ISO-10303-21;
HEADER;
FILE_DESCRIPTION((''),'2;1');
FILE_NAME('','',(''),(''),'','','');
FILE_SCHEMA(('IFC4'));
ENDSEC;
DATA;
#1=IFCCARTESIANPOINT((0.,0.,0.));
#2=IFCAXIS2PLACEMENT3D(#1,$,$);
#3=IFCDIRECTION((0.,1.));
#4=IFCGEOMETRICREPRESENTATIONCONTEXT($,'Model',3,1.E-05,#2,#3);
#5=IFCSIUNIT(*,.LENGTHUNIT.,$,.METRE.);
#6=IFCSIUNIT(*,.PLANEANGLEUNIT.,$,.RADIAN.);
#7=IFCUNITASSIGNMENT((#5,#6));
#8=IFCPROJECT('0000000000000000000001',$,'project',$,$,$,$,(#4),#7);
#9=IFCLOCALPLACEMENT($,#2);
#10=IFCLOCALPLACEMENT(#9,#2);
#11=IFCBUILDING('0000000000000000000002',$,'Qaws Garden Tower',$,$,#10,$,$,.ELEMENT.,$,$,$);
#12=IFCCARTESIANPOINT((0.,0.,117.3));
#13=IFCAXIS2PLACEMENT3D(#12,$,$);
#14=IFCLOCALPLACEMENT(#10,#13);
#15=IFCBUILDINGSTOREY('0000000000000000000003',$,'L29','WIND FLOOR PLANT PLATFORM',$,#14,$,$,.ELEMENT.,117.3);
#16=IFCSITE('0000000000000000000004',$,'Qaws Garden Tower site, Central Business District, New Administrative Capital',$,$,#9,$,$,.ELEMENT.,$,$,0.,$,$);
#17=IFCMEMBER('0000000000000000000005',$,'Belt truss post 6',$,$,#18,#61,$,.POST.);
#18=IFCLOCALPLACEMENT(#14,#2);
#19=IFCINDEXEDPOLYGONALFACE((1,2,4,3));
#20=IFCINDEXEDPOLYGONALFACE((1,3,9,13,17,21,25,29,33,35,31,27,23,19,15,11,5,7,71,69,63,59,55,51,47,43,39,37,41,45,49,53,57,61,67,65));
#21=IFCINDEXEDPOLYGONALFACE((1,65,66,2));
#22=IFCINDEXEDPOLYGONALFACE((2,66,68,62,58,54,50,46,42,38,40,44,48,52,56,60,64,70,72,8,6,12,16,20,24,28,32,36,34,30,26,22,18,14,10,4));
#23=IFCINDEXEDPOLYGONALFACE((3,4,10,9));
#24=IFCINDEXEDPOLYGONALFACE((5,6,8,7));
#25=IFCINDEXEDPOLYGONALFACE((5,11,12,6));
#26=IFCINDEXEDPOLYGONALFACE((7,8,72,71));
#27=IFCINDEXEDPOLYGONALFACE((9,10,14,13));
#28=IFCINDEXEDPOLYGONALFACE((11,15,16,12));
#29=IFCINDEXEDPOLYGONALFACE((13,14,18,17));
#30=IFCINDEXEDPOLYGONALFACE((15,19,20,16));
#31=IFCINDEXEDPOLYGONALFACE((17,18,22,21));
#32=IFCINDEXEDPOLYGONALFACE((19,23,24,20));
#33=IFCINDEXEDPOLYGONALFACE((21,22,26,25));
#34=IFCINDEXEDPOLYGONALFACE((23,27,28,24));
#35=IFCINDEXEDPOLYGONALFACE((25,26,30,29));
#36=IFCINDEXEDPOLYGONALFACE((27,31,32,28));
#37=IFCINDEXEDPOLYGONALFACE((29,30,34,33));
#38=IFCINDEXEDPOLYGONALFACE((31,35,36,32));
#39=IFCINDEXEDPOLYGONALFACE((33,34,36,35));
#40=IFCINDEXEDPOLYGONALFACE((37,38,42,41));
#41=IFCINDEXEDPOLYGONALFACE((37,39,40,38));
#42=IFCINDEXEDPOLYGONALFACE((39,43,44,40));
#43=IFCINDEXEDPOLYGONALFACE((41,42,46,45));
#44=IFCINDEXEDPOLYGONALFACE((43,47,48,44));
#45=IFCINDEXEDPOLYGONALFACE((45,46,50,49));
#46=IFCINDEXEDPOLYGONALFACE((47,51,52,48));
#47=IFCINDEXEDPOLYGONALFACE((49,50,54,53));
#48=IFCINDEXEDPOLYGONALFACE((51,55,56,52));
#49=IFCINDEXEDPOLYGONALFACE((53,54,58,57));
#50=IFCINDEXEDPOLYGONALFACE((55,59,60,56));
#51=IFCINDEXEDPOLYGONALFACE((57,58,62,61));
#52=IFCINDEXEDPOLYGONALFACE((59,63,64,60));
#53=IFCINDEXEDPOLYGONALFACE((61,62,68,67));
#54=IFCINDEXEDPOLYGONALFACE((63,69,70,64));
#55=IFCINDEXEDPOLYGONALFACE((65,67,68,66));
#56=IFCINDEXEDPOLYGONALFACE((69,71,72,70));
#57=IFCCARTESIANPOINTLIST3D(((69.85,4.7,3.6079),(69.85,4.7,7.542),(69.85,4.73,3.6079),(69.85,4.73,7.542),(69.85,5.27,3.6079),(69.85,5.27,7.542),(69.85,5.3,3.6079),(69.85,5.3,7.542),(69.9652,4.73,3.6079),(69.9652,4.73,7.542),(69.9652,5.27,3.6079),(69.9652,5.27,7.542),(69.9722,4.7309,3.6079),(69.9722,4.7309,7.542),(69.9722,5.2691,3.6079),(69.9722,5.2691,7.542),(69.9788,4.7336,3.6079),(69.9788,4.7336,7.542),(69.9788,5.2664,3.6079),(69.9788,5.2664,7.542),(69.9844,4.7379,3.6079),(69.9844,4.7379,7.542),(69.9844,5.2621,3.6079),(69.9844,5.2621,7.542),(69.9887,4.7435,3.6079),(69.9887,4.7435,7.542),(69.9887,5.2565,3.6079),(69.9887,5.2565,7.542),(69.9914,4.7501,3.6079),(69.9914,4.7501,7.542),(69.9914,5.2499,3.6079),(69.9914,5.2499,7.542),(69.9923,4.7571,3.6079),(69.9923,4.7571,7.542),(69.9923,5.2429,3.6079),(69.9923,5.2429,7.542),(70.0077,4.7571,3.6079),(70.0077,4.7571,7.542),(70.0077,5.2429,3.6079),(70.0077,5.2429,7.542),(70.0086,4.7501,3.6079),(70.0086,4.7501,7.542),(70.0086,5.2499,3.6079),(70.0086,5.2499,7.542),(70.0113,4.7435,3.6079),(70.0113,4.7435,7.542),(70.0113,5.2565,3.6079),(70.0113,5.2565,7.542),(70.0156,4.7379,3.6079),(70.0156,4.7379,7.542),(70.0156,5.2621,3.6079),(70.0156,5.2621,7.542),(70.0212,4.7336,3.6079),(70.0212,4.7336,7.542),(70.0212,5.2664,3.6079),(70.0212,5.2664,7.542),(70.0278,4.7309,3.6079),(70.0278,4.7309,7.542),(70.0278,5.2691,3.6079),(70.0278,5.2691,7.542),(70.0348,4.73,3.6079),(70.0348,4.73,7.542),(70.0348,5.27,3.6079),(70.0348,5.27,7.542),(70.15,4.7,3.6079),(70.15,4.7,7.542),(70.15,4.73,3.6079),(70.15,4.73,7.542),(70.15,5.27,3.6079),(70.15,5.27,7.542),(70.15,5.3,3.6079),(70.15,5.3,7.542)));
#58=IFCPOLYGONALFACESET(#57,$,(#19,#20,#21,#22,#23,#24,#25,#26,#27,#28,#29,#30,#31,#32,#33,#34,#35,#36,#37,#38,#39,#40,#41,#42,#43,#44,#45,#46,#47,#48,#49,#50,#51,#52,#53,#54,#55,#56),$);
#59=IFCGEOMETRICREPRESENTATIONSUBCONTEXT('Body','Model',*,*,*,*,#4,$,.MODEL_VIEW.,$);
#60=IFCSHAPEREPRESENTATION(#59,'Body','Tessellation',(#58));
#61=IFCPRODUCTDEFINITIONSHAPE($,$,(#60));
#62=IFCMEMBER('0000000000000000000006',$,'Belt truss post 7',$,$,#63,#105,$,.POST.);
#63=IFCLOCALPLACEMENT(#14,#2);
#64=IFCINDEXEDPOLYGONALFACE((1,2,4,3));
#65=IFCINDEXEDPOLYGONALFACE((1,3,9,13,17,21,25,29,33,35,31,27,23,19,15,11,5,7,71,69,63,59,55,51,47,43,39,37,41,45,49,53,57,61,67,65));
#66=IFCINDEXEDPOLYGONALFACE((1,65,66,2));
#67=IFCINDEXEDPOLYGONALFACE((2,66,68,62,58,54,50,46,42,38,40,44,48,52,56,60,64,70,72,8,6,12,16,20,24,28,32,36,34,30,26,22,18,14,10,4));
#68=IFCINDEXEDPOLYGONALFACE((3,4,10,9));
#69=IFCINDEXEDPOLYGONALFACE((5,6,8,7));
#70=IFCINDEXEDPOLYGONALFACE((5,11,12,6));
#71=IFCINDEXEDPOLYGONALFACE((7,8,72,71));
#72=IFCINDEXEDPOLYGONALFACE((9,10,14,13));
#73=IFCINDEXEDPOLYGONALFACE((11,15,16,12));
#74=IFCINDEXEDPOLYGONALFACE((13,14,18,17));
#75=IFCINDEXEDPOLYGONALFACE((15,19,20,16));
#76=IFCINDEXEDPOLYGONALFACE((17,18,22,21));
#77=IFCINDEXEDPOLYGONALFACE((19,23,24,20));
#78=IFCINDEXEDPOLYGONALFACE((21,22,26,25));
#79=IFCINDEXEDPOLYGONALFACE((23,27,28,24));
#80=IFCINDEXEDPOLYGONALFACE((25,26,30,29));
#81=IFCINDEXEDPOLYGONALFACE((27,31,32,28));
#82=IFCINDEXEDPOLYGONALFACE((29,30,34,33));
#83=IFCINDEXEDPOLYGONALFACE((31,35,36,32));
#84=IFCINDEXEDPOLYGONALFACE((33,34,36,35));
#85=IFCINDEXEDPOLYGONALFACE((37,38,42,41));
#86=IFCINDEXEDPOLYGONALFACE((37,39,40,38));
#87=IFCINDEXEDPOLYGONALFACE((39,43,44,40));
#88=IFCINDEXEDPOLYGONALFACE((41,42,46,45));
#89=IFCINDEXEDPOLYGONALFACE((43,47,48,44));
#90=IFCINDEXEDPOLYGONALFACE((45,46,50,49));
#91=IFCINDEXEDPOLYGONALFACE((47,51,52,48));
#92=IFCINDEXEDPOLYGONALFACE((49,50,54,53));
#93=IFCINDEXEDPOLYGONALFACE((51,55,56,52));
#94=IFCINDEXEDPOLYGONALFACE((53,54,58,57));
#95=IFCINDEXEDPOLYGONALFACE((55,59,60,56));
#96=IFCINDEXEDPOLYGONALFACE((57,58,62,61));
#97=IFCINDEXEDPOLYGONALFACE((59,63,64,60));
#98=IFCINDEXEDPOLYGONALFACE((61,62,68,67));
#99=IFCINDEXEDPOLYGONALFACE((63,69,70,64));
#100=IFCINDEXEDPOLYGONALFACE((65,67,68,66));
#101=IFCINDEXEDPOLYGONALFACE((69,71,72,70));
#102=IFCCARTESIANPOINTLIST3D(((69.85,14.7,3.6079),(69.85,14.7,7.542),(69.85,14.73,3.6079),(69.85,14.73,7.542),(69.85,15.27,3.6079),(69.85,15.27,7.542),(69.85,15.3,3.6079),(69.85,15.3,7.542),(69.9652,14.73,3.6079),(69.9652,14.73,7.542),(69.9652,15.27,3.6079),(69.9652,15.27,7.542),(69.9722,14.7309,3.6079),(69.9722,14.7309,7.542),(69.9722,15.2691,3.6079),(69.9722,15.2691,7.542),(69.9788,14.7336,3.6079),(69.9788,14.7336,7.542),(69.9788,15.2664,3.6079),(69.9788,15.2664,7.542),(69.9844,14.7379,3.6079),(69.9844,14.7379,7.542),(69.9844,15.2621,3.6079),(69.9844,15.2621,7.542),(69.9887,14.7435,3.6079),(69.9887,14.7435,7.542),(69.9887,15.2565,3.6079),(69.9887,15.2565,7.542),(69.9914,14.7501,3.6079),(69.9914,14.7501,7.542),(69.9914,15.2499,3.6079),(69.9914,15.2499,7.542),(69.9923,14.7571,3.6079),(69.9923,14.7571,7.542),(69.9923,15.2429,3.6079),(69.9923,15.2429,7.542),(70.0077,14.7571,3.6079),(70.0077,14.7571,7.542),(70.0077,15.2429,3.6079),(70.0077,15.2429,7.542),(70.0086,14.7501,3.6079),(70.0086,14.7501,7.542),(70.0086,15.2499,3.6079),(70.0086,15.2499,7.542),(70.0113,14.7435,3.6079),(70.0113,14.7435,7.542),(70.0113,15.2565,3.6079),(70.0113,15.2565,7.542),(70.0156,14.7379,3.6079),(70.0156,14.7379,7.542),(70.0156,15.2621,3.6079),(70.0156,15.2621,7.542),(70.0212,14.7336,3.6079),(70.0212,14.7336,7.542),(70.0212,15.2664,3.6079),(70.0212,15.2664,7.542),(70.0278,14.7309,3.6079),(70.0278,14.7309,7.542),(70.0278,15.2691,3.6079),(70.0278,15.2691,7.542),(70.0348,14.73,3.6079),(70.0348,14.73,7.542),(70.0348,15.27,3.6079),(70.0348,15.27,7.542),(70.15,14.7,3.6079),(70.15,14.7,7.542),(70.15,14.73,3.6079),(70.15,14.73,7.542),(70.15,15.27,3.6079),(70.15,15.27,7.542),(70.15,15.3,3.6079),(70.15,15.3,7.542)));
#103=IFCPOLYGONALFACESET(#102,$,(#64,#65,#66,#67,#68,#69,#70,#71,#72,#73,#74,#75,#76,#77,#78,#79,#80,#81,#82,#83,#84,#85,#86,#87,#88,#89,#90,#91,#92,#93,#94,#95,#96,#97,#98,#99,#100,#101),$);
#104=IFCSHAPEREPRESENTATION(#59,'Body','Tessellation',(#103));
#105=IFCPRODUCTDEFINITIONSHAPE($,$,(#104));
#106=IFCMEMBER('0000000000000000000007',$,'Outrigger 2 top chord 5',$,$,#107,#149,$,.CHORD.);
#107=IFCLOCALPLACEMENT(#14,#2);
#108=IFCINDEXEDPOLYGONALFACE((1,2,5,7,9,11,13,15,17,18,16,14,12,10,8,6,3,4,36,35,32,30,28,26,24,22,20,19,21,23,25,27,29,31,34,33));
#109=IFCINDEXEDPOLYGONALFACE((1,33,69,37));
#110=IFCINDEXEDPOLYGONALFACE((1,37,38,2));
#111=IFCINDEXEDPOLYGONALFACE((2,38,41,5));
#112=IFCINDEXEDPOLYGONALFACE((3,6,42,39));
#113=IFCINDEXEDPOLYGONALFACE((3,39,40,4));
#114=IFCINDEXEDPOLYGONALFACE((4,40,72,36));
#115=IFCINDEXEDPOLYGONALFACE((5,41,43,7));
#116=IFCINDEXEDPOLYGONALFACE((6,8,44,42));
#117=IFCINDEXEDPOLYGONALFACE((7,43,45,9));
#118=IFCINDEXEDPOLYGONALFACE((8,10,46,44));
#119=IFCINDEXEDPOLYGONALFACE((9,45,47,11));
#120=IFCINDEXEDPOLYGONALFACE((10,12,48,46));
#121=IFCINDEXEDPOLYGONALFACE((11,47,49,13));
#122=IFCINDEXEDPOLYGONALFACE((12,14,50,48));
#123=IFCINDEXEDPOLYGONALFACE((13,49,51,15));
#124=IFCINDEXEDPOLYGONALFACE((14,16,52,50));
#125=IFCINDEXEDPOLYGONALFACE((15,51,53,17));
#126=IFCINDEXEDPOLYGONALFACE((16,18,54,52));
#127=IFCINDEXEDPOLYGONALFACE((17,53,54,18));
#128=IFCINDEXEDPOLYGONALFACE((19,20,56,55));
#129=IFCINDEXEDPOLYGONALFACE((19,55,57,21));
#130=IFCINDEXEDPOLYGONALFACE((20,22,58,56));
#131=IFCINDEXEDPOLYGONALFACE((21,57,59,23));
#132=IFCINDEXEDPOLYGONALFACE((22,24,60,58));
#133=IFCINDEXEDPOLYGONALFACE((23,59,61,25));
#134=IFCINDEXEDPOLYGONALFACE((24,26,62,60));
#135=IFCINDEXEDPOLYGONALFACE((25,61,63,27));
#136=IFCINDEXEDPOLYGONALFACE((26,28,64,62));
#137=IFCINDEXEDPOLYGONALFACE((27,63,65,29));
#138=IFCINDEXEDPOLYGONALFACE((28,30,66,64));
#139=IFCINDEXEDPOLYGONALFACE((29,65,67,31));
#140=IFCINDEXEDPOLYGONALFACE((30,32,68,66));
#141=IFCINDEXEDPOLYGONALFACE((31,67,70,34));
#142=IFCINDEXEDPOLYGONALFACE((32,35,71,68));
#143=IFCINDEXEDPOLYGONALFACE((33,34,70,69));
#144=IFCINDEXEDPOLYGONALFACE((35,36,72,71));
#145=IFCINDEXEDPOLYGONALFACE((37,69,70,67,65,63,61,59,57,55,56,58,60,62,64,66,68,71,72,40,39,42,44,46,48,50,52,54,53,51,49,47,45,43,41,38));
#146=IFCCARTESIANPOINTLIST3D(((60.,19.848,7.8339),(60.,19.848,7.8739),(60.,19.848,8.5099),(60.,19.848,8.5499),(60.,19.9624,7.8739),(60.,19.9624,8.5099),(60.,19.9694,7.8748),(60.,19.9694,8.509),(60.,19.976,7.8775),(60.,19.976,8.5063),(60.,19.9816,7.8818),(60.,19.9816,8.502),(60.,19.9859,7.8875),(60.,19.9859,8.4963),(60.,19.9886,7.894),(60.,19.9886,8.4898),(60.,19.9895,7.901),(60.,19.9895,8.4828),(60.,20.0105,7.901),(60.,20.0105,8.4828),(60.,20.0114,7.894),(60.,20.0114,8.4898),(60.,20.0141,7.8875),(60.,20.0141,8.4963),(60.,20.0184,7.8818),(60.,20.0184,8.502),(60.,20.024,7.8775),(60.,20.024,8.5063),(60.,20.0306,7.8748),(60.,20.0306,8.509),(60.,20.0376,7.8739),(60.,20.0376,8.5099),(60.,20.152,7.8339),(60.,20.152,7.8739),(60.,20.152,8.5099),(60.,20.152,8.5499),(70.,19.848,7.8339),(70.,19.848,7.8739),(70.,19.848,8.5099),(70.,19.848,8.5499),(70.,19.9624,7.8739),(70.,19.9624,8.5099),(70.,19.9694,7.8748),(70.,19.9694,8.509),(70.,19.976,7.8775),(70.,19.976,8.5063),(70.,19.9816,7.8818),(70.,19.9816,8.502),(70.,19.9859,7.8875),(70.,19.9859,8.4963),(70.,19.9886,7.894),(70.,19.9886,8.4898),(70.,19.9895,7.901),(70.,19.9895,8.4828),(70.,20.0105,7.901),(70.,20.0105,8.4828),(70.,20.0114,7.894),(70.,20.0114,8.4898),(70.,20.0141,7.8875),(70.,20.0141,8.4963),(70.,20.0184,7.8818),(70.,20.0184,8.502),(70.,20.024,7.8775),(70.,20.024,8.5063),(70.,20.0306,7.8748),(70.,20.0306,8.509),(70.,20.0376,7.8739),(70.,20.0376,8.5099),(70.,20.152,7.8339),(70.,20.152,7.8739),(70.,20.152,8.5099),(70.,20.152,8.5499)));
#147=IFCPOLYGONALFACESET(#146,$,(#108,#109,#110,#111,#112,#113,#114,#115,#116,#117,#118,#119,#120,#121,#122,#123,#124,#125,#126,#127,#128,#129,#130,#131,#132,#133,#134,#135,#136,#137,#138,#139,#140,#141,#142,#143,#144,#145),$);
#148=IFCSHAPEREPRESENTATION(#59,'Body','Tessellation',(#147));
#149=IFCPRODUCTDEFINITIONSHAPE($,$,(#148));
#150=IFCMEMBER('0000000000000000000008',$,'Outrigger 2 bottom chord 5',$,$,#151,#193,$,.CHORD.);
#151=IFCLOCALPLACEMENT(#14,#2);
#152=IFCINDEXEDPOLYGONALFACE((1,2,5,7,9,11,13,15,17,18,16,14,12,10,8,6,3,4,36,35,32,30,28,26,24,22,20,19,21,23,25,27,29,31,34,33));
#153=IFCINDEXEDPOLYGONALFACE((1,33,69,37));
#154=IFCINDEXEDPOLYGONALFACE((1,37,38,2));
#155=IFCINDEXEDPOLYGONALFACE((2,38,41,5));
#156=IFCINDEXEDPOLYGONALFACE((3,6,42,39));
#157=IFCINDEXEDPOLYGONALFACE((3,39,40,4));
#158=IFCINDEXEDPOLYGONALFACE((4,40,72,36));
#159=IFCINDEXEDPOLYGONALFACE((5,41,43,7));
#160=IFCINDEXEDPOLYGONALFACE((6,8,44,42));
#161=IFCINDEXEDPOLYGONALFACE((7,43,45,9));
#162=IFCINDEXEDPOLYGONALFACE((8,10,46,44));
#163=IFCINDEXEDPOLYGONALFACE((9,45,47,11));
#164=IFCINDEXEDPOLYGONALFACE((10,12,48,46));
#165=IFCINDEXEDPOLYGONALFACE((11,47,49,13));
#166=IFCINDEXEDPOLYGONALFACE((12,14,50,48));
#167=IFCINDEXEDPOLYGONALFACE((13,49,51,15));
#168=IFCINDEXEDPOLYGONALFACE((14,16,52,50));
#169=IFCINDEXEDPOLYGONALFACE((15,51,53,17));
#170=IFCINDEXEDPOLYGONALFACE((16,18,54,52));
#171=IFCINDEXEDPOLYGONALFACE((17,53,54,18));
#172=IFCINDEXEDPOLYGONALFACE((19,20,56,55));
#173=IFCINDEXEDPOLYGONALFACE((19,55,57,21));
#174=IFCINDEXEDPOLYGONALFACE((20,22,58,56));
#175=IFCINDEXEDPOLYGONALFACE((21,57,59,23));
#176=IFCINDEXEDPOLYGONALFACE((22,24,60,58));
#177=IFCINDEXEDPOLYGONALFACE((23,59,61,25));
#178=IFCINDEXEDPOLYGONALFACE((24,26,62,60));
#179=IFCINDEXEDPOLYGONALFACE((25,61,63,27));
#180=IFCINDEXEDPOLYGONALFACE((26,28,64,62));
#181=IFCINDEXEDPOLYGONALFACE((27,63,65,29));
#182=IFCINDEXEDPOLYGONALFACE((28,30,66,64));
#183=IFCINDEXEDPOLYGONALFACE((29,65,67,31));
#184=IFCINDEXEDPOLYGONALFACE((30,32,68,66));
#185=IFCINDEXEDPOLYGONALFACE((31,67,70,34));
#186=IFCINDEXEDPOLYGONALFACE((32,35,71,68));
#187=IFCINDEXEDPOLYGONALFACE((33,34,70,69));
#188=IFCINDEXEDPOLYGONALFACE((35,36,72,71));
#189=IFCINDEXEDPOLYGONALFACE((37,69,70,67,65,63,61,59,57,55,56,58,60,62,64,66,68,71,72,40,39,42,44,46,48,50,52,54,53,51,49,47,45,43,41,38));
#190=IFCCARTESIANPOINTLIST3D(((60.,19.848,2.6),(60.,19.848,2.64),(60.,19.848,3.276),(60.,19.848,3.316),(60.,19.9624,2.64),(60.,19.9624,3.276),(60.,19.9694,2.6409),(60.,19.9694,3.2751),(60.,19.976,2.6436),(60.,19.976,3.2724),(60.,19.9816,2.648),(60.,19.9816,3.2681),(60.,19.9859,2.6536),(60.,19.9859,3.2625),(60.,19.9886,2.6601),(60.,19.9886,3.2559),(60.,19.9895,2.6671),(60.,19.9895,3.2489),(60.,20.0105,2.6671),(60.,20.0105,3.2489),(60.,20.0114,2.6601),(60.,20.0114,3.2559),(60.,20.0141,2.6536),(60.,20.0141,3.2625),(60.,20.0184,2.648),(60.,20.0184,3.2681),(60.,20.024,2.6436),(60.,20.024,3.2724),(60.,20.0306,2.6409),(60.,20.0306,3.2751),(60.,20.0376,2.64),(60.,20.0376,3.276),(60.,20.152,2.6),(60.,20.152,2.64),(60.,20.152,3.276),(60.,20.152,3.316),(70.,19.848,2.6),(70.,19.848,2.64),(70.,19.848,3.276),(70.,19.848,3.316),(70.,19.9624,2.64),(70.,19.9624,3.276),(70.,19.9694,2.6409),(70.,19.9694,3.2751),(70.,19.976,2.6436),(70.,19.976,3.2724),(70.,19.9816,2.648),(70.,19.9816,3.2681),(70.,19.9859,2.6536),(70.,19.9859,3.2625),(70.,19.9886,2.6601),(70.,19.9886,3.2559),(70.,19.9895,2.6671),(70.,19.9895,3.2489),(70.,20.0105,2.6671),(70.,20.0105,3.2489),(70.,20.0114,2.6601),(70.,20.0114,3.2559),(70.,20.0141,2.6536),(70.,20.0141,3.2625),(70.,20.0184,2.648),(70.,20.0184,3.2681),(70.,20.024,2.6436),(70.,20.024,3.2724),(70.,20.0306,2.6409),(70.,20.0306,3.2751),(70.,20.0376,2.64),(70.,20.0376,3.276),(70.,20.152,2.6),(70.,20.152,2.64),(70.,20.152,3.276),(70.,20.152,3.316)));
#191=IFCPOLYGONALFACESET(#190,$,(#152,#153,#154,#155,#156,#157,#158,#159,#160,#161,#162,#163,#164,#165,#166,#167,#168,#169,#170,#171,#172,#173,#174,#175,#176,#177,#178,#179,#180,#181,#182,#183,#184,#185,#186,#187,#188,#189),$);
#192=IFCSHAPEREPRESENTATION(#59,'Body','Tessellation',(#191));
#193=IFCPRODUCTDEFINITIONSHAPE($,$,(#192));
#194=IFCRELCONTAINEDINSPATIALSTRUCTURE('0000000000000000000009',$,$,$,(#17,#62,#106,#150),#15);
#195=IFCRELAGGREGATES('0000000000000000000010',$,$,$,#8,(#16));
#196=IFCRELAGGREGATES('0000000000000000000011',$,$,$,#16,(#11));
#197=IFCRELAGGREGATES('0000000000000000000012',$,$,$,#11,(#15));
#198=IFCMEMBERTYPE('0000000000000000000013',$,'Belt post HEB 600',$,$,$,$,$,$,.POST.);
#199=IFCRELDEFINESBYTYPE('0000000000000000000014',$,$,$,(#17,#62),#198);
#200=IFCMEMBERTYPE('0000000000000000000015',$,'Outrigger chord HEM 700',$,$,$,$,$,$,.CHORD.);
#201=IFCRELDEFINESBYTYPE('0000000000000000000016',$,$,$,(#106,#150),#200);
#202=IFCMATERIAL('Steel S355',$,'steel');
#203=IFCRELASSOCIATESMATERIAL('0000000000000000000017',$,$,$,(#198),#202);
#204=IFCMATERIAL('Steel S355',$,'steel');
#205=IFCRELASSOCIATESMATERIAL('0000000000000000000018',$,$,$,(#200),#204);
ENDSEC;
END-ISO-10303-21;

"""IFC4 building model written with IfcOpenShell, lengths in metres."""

from ifc_helpers import new_model, si_unit, direction, frame, origin, origin_2d, place, context, subcontext, project, spatial, i_section, extrude, material, material_profile, profile_set, type_object, element, save


model = new_model("IFC4")

# Units and contexts
model_context = context("Model", 3, precision=1e-05, world=origin(), true_north=direction((0.0, 1.0)))
body_context = subcontext(model_context, "Body", "Model", "MODEL_VIEW")
ifc_project = project(units=[si_unit("LENGTHUNIT", "METRE"), si_unit("PLANEANGLEUNIT", "RADIAN")], contexts=[model_context])

# Site, building, storey
site_placement = place(None, origin())
site = spatial("IfcSite", under=ifc_project, at=site_placement, Name="Qaws Garden Tower site, Central Business District, New Administrative Capital", CompositionType="ELEMENT", RefElevation=0.0)
building_placement = place(site_placement, origin())
building = spatial("IfcBuilding", under=site, at=building_placement, Name="Qaws Garden Tower", CompositionType="ELEMENT")
storey_placement = place(building_placement, frame((0.0, 0.0, 117.3)))
storey = spatial("IfcBuildingStorey", under=building, at=storey_placement, Name="L29", Description="WIND FLOOR PLANT PLATFORM", CompositionType="ELEMENT", Elevation=117.3)

# Members
ifc_material_1 = material(Name="Steel S355", Category="steel")
ifc_material_profile_1 = material_profile(ifc_material_1, i_section(OverallWidth=0.3, OverallDepth=0.6001, WebThickness=0.0154, FlangeThickness=0.03, FilletRadius=0.0271, at=origin_2d()), Name="HEB 600")
ifc_profile_set_1 = profile_set([ifc_material_profile_1], Name="Steel S355")
member_type_1 = type_object("IfcMemberType", Name="Belt post HEB 600", PredefinedType="POST", material=ifc_profile_set_1)
placement_1 = place(storey_placement, frame((70.0, 5.0, 3.6079), z_axis=(0.0, 0.0, 1.0), x_axis=(1.0, 0.0, 0.0)))
element("IfcMember", 1, at=placement_1, inside=storey, type_object=member_type_1, Name="Belt truss post 6", PredefinedType="POST", context=body_context, shape_type="SweptSolid", body=[
    extrude(i_section(OverallWidth=0.3, OverallDepth=0.6001, WebThickness=0.0154, FlangeThickness=0.03, FilletRadius=0.0271, at=origin_2d()), origin(), (0.0, 0.0, 1.0), 3.9341),
])
placement_2 = place(storey_placement, frame((70.0, 15.0, 3.6079), z_axis=(0.0, 0.0, 1.0), x_axis=(1.0, 0.0, 0.0)))
element("IfcMember", 2, at=placement_2, inside=storey, type_object=member_type_1, Name="Belt truss post 7", PredefinedType="POST", context=body_context, shape_type="SweptSolid", body=[
    extrude(i_section(OverallWidth=0.3, OverallDepth=0.6001, WebThickness=0.0154, FlangeThickness=0.03, FilletRadius=0.0271, at=origin_2d()), origin(), (0.0, 0.0, 1.0), 3.9341),
])
ifc_material_2 = material(Name="Steel S355", Category="steel")
ifc_material_profile_2 = material_profile(ifc_material_2, i_section(OverallWidth=0.304, OverallDepth=0.7161, WebThickness=0.021, FlangeThickness=0.04, FilletRadius=0.0271, at=origin_2d()), Name="HEM 700")
ifc_profile_set_2 = profile_set([ifc_material_profile_2], Name="Steel S355")
member_type_2 = type_object("IfcMemberType", Name="Outrigger chord HEM 700", PredefinedType="CHORD", material=ifc_profile_set_2)
for number, where, z_axis, x_axis, name in (
    (3, (60.0, 20.0, 8.1919), (1.0, 0.0, 0.0), (0.0, 1.0, 0.0), "Outrigger 2 top chord 5"),
    (4, (60.0, 20.0, 2.958), (1.0, 0.0, 0.0), (0.0, 1.0, 0.0), "Outrigger 2 bottom chord 5"),
):
    element("IfcMember", number, at=place(storey_placement, frame(where, z_axis=z_axis, x_axis=x_axis)), inside=storey, type_object=member_type_2, Name=name, PredefinedType="CHORD", context=body_context, shape_type="SweptSolid", body=[
        extrude(i_section(OverallWidth=0.304, OverallDepth=0.7161, WebThickness=0.021, FlangeThickness=0.04, FilletRadius=0.0271, at=origin_2d()), origin(), (0.0, 0.0, 1.0), 10.0),
    ])

save(model, "model.ifc")
